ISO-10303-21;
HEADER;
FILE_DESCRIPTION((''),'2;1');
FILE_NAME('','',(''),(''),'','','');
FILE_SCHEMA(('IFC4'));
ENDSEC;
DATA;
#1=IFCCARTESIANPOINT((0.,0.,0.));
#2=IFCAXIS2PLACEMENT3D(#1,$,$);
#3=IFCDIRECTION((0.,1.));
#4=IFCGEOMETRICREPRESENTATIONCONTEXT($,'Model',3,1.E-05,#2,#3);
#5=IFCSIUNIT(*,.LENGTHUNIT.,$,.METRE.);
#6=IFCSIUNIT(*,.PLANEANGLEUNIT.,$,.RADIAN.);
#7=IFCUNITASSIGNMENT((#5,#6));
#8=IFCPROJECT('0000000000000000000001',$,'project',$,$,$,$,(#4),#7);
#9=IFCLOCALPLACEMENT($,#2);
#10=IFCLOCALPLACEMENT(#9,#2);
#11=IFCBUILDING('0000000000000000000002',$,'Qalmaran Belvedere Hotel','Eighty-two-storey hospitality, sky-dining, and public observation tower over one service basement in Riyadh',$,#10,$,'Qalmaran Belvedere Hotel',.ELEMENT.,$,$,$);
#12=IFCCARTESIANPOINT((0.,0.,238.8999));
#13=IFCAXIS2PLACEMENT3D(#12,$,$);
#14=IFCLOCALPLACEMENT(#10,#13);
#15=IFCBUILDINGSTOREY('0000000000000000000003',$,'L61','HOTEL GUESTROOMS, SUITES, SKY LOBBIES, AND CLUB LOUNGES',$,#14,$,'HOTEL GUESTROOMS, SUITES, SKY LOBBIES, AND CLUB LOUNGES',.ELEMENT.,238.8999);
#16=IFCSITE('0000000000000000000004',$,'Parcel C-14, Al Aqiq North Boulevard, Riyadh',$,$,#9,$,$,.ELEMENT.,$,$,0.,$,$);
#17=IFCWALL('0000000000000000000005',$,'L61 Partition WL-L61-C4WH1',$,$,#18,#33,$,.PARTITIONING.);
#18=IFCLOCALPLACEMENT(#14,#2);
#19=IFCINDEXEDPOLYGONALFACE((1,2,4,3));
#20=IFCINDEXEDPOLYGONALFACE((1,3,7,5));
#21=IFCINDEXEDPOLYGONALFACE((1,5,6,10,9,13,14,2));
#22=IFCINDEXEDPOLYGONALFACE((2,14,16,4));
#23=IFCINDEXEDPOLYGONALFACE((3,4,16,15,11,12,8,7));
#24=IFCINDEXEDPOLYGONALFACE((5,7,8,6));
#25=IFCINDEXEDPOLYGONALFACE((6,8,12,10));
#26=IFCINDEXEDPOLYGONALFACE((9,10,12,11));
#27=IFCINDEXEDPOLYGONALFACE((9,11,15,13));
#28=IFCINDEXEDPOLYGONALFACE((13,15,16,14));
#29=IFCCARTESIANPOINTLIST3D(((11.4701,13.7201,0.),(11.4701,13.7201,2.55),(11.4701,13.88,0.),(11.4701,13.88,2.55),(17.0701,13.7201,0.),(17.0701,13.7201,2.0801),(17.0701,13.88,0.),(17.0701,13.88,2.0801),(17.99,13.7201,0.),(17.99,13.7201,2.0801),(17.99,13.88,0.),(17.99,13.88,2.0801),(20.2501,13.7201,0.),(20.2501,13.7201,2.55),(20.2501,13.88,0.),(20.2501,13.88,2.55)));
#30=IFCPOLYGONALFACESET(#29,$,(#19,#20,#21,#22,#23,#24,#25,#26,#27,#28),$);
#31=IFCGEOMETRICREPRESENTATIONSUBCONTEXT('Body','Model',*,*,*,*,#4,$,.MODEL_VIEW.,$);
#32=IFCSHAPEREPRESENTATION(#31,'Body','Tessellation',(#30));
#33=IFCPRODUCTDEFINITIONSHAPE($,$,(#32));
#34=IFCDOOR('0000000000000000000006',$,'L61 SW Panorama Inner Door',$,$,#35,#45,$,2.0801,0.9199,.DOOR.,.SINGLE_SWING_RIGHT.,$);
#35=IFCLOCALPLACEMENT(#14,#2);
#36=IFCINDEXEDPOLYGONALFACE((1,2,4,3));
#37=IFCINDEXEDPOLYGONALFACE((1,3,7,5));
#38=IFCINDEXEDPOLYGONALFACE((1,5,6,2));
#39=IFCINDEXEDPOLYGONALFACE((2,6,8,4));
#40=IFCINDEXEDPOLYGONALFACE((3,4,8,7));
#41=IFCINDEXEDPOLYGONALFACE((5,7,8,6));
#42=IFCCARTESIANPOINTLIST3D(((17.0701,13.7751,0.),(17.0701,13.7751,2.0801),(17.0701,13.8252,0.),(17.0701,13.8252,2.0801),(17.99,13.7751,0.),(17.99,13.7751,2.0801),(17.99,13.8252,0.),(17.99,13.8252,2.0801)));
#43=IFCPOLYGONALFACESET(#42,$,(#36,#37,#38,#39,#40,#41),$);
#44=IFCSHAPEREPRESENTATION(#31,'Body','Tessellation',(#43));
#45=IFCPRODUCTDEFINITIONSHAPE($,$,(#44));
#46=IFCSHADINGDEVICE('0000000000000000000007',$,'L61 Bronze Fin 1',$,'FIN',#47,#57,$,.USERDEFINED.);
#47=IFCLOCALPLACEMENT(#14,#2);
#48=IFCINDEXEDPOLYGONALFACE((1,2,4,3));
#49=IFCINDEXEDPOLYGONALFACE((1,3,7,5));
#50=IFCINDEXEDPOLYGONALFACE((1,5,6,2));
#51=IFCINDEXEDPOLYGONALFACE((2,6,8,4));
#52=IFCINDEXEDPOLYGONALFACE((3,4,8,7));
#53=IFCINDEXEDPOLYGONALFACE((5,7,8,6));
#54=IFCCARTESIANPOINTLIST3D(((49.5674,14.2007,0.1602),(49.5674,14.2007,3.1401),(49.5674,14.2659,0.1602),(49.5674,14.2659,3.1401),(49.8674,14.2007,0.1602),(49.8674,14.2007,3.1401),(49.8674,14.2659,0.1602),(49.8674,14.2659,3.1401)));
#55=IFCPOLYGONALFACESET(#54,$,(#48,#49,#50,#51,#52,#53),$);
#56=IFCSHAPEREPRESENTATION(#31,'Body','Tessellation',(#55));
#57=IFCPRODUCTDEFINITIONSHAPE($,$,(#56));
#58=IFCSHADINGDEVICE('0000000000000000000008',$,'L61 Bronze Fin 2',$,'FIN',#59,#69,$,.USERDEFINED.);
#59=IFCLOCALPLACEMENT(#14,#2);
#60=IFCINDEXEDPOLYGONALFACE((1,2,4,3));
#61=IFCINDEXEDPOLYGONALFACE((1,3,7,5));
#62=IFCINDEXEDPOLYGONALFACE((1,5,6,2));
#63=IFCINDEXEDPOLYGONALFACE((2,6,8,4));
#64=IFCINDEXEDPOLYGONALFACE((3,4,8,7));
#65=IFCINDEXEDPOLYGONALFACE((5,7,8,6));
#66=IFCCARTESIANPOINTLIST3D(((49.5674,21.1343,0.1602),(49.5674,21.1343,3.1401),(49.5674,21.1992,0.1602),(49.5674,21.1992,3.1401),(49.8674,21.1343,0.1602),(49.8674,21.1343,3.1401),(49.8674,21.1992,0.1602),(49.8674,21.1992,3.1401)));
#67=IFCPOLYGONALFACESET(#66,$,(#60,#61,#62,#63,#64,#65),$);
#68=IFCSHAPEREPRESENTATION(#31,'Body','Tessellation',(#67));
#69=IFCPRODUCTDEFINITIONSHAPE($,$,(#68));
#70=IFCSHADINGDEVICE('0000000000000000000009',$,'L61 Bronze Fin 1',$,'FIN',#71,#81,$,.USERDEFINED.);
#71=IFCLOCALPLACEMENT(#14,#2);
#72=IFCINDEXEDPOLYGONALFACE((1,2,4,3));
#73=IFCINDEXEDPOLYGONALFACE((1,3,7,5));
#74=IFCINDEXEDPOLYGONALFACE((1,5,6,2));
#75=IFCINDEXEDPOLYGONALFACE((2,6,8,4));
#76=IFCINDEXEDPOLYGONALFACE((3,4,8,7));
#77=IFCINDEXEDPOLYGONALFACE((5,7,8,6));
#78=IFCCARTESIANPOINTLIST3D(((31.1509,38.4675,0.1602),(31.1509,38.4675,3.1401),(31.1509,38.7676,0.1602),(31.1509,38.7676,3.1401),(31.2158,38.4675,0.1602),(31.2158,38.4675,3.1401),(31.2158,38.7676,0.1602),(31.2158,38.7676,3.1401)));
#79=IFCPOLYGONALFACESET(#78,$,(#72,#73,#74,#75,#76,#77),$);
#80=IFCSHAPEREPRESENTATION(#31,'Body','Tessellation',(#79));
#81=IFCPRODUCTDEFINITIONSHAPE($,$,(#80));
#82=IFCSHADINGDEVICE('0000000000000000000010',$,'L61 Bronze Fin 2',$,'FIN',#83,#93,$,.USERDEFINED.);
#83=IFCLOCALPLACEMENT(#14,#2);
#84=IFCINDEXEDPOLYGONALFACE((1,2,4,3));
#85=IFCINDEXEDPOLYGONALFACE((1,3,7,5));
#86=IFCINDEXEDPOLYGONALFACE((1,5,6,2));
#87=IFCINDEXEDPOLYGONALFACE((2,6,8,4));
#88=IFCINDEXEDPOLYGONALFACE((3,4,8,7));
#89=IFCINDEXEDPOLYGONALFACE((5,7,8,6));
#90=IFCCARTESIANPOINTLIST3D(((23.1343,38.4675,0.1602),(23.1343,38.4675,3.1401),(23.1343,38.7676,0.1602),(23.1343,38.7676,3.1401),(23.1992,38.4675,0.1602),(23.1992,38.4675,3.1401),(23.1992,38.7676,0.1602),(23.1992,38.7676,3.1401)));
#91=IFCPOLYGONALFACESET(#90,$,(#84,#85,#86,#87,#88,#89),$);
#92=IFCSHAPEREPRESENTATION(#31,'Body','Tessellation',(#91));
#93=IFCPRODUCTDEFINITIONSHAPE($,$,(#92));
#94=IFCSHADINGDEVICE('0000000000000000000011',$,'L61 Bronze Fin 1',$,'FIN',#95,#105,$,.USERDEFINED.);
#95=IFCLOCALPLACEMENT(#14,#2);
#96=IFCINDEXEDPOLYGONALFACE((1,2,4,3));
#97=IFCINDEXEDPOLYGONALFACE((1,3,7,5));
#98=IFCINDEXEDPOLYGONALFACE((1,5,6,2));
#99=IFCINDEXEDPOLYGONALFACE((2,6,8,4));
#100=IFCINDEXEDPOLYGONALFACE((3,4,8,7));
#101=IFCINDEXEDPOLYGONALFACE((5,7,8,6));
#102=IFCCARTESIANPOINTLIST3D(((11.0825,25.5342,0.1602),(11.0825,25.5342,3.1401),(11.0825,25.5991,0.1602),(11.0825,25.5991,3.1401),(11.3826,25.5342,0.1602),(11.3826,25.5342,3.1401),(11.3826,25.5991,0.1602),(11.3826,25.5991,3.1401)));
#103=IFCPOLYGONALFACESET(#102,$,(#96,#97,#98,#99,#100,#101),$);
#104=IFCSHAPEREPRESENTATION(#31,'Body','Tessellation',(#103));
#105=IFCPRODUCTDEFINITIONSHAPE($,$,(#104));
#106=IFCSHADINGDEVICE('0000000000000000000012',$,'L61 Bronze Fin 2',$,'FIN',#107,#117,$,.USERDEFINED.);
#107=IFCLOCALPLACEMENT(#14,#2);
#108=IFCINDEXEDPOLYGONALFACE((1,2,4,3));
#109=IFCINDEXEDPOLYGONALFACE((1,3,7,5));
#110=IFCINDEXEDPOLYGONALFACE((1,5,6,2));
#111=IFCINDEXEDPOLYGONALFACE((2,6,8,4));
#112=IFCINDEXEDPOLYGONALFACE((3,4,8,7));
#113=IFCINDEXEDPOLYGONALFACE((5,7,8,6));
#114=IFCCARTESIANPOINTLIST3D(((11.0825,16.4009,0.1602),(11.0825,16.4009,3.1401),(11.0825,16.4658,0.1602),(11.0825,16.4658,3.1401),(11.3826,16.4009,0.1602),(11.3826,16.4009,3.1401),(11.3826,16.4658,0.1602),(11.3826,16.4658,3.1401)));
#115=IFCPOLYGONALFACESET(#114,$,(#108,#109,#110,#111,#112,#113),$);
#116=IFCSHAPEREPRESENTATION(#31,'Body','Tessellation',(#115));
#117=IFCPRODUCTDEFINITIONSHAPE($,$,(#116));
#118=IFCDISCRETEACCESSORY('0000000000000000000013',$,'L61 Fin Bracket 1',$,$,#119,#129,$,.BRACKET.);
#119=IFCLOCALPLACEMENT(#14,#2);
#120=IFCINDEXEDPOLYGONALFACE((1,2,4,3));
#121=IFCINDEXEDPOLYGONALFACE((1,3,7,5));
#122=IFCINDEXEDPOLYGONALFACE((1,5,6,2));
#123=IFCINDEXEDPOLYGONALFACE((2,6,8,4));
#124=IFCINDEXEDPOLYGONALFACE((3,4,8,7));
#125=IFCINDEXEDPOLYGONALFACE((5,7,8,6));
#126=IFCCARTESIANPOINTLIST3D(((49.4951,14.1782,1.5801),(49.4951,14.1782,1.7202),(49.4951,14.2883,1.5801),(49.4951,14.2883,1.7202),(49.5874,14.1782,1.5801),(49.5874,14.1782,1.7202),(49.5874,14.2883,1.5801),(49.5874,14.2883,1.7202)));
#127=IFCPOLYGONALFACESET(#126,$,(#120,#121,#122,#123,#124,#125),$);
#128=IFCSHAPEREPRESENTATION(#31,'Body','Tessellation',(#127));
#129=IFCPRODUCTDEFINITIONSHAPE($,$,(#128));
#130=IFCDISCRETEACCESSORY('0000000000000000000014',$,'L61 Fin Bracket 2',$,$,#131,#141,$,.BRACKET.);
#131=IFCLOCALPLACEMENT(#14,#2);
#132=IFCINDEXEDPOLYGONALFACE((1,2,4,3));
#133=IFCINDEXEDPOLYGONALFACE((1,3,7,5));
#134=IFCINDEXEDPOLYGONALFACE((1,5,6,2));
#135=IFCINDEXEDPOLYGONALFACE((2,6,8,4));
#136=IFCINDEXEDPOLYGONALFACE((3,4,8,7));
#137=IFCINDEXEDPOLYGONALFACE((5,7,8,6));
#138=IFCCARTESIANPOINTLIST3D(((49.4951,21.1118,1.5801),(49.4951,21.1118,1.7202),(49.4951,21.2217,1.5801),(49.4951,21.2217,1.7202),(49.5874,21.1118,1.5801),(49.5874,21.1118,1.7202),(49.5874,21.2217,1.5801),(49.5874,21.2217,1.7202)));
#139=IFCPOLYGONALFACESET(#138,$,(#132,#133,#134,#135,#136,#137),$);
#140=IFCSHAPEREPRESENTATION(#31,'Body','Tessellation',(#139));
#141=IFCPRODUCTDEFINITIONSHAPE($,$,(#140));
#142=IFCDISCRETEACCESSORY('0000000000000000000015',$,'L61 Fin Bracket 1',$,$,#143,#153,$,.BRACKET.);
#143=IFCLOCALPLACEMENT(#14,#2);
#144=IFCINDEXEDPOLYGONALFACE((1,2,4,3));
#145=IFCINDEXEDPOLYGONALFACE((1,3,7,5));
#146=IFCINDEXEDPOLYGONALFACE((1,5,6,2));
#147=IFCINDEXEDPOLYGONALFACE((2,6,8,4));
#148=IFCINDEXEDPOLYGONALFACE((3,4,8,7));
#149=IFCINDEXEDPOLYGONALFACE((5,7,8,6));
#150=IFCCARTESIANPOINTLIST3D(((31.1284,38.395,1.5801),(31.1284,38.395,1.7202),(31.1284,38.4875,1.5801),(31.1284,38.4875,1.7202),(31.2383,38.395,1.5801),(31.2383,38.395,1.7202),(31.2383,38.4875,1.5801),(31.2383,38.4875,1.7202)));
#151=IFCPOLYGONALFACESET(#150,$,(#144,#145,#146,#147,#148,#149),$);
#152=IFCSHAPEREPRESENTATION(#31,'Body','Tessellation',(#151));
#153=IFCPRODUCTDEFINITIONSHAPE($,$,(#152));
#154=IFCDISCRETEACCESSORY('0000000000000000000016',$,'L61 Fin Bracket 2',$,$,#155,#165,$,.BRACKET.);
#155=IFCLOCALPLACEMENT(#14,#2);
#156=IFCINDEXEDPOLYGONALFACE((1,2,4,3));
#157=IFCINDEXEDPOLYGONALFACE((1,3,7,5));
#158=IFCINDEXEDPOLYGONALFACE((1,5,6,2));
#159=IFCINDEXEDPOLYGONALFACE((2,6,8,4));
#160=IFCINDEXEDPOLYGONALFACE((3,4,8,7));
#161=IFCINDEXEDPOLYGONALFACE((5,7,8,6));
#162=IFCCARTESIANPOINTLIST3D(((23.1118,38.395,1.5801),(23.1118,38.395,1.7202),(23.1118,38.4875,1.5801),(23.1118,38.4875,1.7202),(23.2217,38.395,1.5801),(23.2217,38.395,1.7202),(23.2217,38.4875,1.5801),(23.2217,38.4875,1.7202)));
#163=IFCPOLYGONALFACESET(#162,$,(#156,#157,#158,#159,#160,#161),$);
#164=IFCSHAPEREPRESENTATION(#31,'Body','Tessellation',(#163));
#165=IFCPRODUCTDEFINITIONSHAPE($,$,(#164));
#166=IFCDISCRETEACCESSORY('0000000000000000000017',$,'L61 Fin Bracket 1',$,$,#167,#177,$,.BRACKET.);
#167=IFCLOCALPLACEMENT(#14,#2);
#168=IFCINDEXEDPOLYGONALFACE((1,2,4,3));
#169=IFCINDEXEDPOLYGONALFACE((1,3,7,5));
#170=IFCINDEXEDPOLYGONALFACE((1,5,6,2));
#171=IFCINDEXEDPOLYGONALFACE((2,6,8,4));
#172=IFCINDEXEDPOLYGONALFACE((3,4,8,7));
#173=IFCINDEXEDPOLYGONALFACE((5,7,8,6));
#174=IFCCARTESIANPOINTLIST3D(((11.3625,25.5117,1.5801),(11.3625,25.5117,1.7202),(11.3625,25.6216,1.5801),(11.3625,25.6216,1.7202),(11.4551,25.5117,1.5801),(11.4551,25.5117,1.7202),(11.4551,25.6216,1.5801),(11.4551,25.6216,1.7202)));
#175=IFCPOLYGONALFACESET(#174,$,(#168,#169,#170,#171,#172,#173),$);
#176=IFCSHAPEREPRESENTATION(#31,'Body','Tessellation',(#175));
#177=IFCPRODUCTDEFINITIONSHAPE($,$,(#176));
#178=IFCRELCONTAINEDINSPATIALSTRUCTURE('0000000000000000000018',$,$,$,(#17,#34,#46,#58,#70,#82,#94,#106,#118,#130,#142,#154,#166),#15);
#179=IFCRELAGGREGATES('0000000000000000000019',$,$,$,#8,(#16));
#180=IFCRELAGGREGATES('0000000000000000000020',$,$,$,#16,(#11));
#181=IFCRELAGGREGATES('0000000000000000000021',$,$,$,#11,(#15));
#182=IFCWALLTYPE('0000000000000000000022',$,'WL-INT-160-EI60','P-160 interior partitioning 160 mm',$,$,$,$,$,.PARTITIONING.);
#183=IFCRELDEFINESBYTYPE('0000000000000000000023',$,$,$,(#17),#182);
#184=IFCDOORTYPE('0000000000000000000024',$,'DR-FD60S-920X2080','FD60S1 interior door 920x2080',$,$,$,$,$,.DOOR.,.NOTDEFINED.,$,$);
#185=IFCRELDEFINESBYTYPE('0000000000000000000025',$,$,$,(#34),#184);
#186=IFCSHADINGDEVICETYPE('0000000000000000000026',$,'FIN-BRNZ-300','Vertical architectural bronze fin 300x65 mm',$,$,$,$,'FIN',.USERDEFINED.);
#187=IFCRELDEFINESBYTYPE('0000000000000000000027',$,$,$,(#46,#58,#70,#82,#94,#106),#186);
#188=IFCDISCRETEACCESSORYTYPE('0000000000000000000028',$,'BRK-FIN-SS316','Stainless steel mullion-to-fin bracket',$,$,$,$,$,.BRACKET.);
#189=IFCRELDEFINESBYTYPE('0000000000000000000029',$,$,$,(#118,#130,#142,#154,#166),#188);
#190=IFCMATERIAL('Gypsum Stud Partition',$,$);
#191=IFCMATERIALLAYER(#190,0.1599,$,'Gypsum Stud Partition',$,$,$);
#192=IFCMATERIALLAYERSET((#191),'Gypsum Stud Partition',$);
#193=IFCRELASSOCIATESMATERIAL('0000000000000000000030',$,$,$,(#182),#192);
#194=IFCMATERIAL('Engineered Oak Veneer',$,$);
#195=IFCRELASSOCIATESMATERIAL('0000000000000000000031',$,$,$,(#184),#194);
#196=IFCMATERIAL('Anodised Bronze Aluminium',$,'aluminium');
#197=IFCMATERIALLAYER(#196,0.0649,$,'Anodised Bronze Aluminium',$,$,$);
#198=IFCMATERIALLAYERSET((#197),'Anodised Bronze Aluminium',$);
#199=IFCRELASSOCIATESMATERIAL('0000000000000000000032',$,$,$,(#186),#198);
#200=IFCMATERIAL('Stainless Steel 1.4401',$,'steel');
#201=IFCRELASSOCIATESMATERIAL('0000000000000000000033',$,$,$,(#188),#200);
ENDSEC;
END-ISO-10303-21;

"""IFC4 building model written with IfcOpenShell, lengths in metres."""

from ifc_helpers import new_model, si_unit, direction, frame, frame_2d, origin, place, context, subcontext, project, spatial, polyline, rectangle, outline, extrude, material, layer, layer_set, type_object, element, fill, save


model = new_model("IFC4")

# Units and contexts
model_context = context("Model", 3, precision=1e-05, world=origin(), true_north=direction((0.0, 1.0)))
body_context = subcontext(model_context, "Body", "Model", "MODEL_VIEW")
ifc_project = project(units=[si_unit("LENGTHUNIT", "METRE"), si_unit("PLANEANGLEUNIT", "RADIAN")], contexts=[model_context])

# Site, building, storey
site_placement = place(None, origin())
site = spatial("IfcSite", under=ifc_project, at=site_placement, Name="Parcel C-14, Al Aqiq North Boulevard, Riyadh", CompositionType="ELEMENT", RefElevation=0.0)
building_placement = place(site_placement, origin())
building = spatial("IfcBuilding", under=site, at=building_placement, Name="Qalmaran Belvedere Hotel", Description="Eighty-two-storey hospitality, sky-dining, and public observation tower over one service basement in Riyadh", LongName="Qalmaran Belvedere Hotel", CompositionType="ELEMENT")
storey_placement = place(building_placement, frame((0.0, 0.0, 238.8999)))
storey = spatial("IfcBuildingStorey", under=building, at=storey_placement, Name="L61", Description="HOTEL GUESTROOMS, SUITES, SKY LOBBIES, AND CLUB LOUNGES", LongName="HOTEL GUESTROOMS, SUITES, SKY LOBBIES, AND CLUB LOUNGES", CompositionType="ELEMENT", Elevation=238.8999)

# Shared definitions
ifc_material_1 = material(Name="Anodised Bronze Aluminium", Category="aluminium")

# Wall, opening, door
ifc_material_2 = material(Name="Gypsum Stud Partition")
ifc_layer_1 = layer(ifc_material_2, 0.1599, Name="Gypsum Stud Partition")
ifc_layer_set_1 = layer_set([ifc_layer_1], Name="Gypsum Stud Partition")
wall_type_1 = type_object("IfcWallType", Name="WL-INT-160-EI60", Description="P-160 interior partitioning 160 mm", PredefinedType="PARTITIONING", material=ifc_layer_set_1)
wall_1_placement = place(storey_placement, frame((11.47, 13.8, 0.0), z_axis=(0.0, 0.0, 1.0), x_axis=(1.0, 0.0, 0.0)))
wall_1 = element("IfcWall", 1, at=wall_1_placement, inside=storey, type_object=wall_type_1, Name="L61 Partition WL-L61-C4WH1", PredefinedType="PARTITIONING", context=body_context, shape_type="SweptSolid", body=[
    extrude(rectangle(XDim=8.78, YDim=0.1599, at=frame_2d((4.3901, 0.0))), origin(), (0.0, 0.0, 1.0), 2.55),
])
opening_1_placement = place(wall_1_placement, frame((6.52, 0.0, 0.0), z_axis=(0.0, 0.0, 1.0), x_axis=(-1.0, 0.0, 0.0)))
opening_1 = element("IfcOpeningElement", 2, at=opening_1_placement, cuts=wall_1, PredefinedType="OPENING", context=body_context, shape_type="SweptSolid", body=[
    extrude(rectangle(XDim=0.9199, YDim=2.0801, at=frame_2d((0.46, 1.04))), frame((0.0, 0.0898, 0.0), z_axis=(0.0, -1.0, 0.0), x_axis=(1.0, 0.0, 0.0)), (0.0, 0.0, 1.0), 0.1799),
])
ifc_material_3 = material(Name="Engineered Oak Veneer")
door_type = type_object("IfcDoorType", Name="DR-FD60S-920X2080", Description="FD60S1 interior door 920x2080", OperationType="NOTDEFINED", PredefinedType="DOOR", material=ifc_material_3)
door_placement = place(opening_1_placement, origin())
door = element("IfcDoor", 3, at=door_placement, inside=storey, type_object=door_type, Name="L61 SW Panorama Inner Door", OperationType="SINGLE_SWING_RIGHT", OverallHeight=2.0801, OverallWidth=0.9199, PredefinedType="DOOR", context=body_context, shape_type="SweptSolid", body=[
    extrude(rectangle(XDim=0.9199, YDim=2.0801, at=frame_2d((0.46, 1.04))), frame((0.0, 0.0249, 0.0), z_axis=(0.0, -1.0, 0.0), x_axis=(1.0, 0.0, 0.0)), (0.0, 0.0, 1.0), 0.05),
])
fill(opening_1, door)

# Shading devices
ifc_layer_2 = layer(ifc_material_1, 0.0649, Name="Anodised Bronze Aluminium")
ifc_layer_set_2 = layer_set([ifc_layer_2], Name="Anodised Bronze Aluminium")
shading_device_type = type_object("IfcShadingDeviceType", Name="FIN-BRNZ-300", Description="Vertical architectural bronze fin 300x65 mm", ElementType="FIN", PredefinedType="USERDEFINED", material=ifc_layer_set_2)
shading_device_1_placement = place(storey_placement, frame((0.0, 0.0, 0.1602)))
element("IfcShadingDevice", 4, at=shading_device_1_placement, inside=storey, type_object=shading_device_type, Name="L61 Bronze Fin 1", ObjectType="FIN", PredefinedType="USERDEFINED", context=body_context, shape_type="SweptSolid", body=[
    extrude(outline(polyline([(49.5674, 14.2007), (49.8674, 14.2007), (49.8674, 14.2659), (49.5674, 14.2659), (49.5674, 14.2007)])), origin(), (0.0, 0.0, 1.0), 2.98),
])
shading_device_2_placement = place(storey_placement, frame((0.0, 0.0, 0.1602)))
element("IfcShadingDevice", 5, at=shading_device_2_placement, inside=storey, type_object=shading_device_type, Name="L61 Bronze Fin 2", ObjectType="FIN", PredefinedType="USERDEFINED", context=body_context, shape_type="SweptSolid", body=[
    extrude(outline(polyline([(49.5674, 21.1343), (49.8674, 21.1343), (49.8674, 21.1992), (49.5674, 21.1992), (49.5674, 21.1343)])), origin(), (0.0, 0.0, 1.0), 2.98),
])
shading_device_3_placement = place(storey_placement, frame((0.0, 0.0, 0.1602)))
element("IfcShadingDevice", 6, at=shading_device_3_placement, inside=storey, type_object=shading_device_type, Name="L61 Bronze Fin 1", ObjectType="FIN", PredefinedType="USERDEFINED", context=body_context, shape_type="SweptSolid", body=[
    extrude(outline(polyline([(31.2158, 38.4675), (31.2158, 38.7676), (31.1509, 38.7676), (31.1509, 38.4675), (31.2158, 38.4675)])), origin(), (0.0, 0.0, 1.0), 2.98),
])
shading_device_4_placement = place(storey_placement, frame((0.0, 0.0, 0.1602)))
element("IfcShadingDevice", 7, at=shading_device_4_placement, inside=storey, type_object=shading_device_type, Name="L61 Bronze Fin 2", ObjectType="FIN", PredefinedType="USERDEFINED", context=body_context, shape_type="SweptSolid", body=[
    extrude(outline(polyline([(23.1992, 38.4675), (23.1992, 38.7676), (23.1343, 38.7676), (23.1343, 38.4675), (23.1992, 38.4675)])), origin(), (0.0, 0.0, 1.0), 2.98),
])
shading_device_5_placement = place(storey_placement, frame((0.0, 0.0, 0.1602)))
element("IfcShadingDevice", 8, at=shading_device_5_placement, inside=storey, type_object=shading_device_type, Name="L61 Bronze Fin 1", ObjectType="FIN", PredefinedType="USERDEFINED", context=body_context, shape_type="SweptSolid", body=[
    extrude(outline(polyline([(11.3826, 25.5991), (11.0825, 25.5991), (11.0825, 25.5342), (11.3826, 25.5342), (11.3826, 25.5991)])), origin(), (0.0, 0.0, 1.0), 2.98),
])
shading_device_6_placement = place(storey_placement, frame((0.0, 0.0, 0.1602)))
element("IfcShadingDevice", 9, at=shading_device_6_placement, inside=storey, type_object=shading_device_type, Name="L61 Bronze Fin 2", ObjectType="FIN", PredefinedType="USERDEFINED", context=body_context, shape_type="SweptSolid", body=[
    extrude(outline(polyline([(11.3826, 16.4658), (11.0825, 16.4658), (11.0825, 16.4009), (11.3826, 16.4009), (11.3826, 16.4658)])), origin(), (0.0, 0.0, 1.0), 2.98),
])

# Discrete accessories
ifc_material_4 = material(Name="Stainless Steel 1.4401", Category="steel")
discrete_accessory_type = type_object("IfcDiscreteAccessoryType", Name="BRK-FIN-SS316", Description="Stainless steel mullion-to-fin bracket", PredefinedType="BRACKET", material=ifc_material_4)
discrete_accessory_1_placement = place(storey_placement, frame((0.0, 0.0, 1.5801)))
element("IfcDiscreteAccessory", 10, at=discrete_accessory_1_placement, inside=storey, type_object=discrete_accessory_type, Name="L61 Fin Bracket 1", PredefinedType="BRACKET", context=body_context, shape_type="SweptSolid", body=[
    extrude(outline(polyline([(49.4951, 14.1782), (49.5874, 14.1782), (49.5874, 14.2883), (49.4951, 14.2883), (49.4951, 14.1782)])), origin(), (0.0, 0.0, 1.0), 0.1401),
])
discrete_accessory_2_placement = place(storey_placement, frame((0.0, 0.0, 1.5801)))
element("IfcDiscreteAccessory", 11, at=discrete_accessory_2_placement, inside=storey, type_object=discrete_accessory_type, Name="L61 Fin Bracket 2", PredefinedType="BRACKET", context=body_context, shape_type="SweptSolid", body=[
    extrude(outline(polyline([(49.4951, 21.1118), (49.5874, 21.1118), (49.5874, 21.2217), (49.4951, 21.2217), (49.4951, 21.1118)])), origin(), (0.0, 0.0, 1.0), 0.1401),
])
discrete_accessory_3_placement = place(storey_placement, frame((0.0, 0.0, 1.5801)))
element("IfcDiscreteAccessory", 12, at=discrete_accessory_3_placement, inside=storey, type_object=discrete_accessory_type, Name="L61 Fin Bracket 1", PredefinedType="BRACKET", context=body_context, shape_type="SweptSolid", body=[
    extrude(outline(polyline([(31.2383, 38.395), (31.2383, 38.4875), (31.1284, 38.4875), (31.1284, 38.395), (31.2383, 38.395)])), origin(), (0.0, 0.0, 1.0), 0.1401),
])
discrete_accessory_4_placement = place(storey_placement, frame((0.0, 0.0, 1.5801)))
element("IfcDiscreteAccessory", 13, at=discrete_accessory_4_placement, inside=storey, type_object=discrete_accessory_type, Name="L61 Fin Bracket 2", PredefinedType="BRACKET", context=body_context, shape_type="SweptSolid", body=[
    extrude(outline(polyline([(23.2217, 38.395), (23.2217, 38.4875), (23.1118, 38.4875), (23.1118, 38.395), (23.2217, 38.395)])), origin(), (0.0, 0.0, 1.0), 0.1401),
])
discrete_accessory_5_placement = place(storey_placement, frame((0.0, 0.0, 1.5801)))
element("IfcDiscreteAccessory", 14, at=discrete_accessory_5_placement, inside=storey, type_object=discrete_accessory_type, Name="L61 Fin Bracket 1", PredefinedType="BRACKET", context=body_context, shape_type="SweptSolid", body=[
    extrude(outline(polyline([(11.4551, 25.6216), (11.3625, 25.6216), (11.3625, 25.5117), (11.4551, 25.5117), (11.4551, 25.6216)])), origin(), (0.0, 0.0, 1.0), 0.1401),
])

save(model, "model.ifc")
